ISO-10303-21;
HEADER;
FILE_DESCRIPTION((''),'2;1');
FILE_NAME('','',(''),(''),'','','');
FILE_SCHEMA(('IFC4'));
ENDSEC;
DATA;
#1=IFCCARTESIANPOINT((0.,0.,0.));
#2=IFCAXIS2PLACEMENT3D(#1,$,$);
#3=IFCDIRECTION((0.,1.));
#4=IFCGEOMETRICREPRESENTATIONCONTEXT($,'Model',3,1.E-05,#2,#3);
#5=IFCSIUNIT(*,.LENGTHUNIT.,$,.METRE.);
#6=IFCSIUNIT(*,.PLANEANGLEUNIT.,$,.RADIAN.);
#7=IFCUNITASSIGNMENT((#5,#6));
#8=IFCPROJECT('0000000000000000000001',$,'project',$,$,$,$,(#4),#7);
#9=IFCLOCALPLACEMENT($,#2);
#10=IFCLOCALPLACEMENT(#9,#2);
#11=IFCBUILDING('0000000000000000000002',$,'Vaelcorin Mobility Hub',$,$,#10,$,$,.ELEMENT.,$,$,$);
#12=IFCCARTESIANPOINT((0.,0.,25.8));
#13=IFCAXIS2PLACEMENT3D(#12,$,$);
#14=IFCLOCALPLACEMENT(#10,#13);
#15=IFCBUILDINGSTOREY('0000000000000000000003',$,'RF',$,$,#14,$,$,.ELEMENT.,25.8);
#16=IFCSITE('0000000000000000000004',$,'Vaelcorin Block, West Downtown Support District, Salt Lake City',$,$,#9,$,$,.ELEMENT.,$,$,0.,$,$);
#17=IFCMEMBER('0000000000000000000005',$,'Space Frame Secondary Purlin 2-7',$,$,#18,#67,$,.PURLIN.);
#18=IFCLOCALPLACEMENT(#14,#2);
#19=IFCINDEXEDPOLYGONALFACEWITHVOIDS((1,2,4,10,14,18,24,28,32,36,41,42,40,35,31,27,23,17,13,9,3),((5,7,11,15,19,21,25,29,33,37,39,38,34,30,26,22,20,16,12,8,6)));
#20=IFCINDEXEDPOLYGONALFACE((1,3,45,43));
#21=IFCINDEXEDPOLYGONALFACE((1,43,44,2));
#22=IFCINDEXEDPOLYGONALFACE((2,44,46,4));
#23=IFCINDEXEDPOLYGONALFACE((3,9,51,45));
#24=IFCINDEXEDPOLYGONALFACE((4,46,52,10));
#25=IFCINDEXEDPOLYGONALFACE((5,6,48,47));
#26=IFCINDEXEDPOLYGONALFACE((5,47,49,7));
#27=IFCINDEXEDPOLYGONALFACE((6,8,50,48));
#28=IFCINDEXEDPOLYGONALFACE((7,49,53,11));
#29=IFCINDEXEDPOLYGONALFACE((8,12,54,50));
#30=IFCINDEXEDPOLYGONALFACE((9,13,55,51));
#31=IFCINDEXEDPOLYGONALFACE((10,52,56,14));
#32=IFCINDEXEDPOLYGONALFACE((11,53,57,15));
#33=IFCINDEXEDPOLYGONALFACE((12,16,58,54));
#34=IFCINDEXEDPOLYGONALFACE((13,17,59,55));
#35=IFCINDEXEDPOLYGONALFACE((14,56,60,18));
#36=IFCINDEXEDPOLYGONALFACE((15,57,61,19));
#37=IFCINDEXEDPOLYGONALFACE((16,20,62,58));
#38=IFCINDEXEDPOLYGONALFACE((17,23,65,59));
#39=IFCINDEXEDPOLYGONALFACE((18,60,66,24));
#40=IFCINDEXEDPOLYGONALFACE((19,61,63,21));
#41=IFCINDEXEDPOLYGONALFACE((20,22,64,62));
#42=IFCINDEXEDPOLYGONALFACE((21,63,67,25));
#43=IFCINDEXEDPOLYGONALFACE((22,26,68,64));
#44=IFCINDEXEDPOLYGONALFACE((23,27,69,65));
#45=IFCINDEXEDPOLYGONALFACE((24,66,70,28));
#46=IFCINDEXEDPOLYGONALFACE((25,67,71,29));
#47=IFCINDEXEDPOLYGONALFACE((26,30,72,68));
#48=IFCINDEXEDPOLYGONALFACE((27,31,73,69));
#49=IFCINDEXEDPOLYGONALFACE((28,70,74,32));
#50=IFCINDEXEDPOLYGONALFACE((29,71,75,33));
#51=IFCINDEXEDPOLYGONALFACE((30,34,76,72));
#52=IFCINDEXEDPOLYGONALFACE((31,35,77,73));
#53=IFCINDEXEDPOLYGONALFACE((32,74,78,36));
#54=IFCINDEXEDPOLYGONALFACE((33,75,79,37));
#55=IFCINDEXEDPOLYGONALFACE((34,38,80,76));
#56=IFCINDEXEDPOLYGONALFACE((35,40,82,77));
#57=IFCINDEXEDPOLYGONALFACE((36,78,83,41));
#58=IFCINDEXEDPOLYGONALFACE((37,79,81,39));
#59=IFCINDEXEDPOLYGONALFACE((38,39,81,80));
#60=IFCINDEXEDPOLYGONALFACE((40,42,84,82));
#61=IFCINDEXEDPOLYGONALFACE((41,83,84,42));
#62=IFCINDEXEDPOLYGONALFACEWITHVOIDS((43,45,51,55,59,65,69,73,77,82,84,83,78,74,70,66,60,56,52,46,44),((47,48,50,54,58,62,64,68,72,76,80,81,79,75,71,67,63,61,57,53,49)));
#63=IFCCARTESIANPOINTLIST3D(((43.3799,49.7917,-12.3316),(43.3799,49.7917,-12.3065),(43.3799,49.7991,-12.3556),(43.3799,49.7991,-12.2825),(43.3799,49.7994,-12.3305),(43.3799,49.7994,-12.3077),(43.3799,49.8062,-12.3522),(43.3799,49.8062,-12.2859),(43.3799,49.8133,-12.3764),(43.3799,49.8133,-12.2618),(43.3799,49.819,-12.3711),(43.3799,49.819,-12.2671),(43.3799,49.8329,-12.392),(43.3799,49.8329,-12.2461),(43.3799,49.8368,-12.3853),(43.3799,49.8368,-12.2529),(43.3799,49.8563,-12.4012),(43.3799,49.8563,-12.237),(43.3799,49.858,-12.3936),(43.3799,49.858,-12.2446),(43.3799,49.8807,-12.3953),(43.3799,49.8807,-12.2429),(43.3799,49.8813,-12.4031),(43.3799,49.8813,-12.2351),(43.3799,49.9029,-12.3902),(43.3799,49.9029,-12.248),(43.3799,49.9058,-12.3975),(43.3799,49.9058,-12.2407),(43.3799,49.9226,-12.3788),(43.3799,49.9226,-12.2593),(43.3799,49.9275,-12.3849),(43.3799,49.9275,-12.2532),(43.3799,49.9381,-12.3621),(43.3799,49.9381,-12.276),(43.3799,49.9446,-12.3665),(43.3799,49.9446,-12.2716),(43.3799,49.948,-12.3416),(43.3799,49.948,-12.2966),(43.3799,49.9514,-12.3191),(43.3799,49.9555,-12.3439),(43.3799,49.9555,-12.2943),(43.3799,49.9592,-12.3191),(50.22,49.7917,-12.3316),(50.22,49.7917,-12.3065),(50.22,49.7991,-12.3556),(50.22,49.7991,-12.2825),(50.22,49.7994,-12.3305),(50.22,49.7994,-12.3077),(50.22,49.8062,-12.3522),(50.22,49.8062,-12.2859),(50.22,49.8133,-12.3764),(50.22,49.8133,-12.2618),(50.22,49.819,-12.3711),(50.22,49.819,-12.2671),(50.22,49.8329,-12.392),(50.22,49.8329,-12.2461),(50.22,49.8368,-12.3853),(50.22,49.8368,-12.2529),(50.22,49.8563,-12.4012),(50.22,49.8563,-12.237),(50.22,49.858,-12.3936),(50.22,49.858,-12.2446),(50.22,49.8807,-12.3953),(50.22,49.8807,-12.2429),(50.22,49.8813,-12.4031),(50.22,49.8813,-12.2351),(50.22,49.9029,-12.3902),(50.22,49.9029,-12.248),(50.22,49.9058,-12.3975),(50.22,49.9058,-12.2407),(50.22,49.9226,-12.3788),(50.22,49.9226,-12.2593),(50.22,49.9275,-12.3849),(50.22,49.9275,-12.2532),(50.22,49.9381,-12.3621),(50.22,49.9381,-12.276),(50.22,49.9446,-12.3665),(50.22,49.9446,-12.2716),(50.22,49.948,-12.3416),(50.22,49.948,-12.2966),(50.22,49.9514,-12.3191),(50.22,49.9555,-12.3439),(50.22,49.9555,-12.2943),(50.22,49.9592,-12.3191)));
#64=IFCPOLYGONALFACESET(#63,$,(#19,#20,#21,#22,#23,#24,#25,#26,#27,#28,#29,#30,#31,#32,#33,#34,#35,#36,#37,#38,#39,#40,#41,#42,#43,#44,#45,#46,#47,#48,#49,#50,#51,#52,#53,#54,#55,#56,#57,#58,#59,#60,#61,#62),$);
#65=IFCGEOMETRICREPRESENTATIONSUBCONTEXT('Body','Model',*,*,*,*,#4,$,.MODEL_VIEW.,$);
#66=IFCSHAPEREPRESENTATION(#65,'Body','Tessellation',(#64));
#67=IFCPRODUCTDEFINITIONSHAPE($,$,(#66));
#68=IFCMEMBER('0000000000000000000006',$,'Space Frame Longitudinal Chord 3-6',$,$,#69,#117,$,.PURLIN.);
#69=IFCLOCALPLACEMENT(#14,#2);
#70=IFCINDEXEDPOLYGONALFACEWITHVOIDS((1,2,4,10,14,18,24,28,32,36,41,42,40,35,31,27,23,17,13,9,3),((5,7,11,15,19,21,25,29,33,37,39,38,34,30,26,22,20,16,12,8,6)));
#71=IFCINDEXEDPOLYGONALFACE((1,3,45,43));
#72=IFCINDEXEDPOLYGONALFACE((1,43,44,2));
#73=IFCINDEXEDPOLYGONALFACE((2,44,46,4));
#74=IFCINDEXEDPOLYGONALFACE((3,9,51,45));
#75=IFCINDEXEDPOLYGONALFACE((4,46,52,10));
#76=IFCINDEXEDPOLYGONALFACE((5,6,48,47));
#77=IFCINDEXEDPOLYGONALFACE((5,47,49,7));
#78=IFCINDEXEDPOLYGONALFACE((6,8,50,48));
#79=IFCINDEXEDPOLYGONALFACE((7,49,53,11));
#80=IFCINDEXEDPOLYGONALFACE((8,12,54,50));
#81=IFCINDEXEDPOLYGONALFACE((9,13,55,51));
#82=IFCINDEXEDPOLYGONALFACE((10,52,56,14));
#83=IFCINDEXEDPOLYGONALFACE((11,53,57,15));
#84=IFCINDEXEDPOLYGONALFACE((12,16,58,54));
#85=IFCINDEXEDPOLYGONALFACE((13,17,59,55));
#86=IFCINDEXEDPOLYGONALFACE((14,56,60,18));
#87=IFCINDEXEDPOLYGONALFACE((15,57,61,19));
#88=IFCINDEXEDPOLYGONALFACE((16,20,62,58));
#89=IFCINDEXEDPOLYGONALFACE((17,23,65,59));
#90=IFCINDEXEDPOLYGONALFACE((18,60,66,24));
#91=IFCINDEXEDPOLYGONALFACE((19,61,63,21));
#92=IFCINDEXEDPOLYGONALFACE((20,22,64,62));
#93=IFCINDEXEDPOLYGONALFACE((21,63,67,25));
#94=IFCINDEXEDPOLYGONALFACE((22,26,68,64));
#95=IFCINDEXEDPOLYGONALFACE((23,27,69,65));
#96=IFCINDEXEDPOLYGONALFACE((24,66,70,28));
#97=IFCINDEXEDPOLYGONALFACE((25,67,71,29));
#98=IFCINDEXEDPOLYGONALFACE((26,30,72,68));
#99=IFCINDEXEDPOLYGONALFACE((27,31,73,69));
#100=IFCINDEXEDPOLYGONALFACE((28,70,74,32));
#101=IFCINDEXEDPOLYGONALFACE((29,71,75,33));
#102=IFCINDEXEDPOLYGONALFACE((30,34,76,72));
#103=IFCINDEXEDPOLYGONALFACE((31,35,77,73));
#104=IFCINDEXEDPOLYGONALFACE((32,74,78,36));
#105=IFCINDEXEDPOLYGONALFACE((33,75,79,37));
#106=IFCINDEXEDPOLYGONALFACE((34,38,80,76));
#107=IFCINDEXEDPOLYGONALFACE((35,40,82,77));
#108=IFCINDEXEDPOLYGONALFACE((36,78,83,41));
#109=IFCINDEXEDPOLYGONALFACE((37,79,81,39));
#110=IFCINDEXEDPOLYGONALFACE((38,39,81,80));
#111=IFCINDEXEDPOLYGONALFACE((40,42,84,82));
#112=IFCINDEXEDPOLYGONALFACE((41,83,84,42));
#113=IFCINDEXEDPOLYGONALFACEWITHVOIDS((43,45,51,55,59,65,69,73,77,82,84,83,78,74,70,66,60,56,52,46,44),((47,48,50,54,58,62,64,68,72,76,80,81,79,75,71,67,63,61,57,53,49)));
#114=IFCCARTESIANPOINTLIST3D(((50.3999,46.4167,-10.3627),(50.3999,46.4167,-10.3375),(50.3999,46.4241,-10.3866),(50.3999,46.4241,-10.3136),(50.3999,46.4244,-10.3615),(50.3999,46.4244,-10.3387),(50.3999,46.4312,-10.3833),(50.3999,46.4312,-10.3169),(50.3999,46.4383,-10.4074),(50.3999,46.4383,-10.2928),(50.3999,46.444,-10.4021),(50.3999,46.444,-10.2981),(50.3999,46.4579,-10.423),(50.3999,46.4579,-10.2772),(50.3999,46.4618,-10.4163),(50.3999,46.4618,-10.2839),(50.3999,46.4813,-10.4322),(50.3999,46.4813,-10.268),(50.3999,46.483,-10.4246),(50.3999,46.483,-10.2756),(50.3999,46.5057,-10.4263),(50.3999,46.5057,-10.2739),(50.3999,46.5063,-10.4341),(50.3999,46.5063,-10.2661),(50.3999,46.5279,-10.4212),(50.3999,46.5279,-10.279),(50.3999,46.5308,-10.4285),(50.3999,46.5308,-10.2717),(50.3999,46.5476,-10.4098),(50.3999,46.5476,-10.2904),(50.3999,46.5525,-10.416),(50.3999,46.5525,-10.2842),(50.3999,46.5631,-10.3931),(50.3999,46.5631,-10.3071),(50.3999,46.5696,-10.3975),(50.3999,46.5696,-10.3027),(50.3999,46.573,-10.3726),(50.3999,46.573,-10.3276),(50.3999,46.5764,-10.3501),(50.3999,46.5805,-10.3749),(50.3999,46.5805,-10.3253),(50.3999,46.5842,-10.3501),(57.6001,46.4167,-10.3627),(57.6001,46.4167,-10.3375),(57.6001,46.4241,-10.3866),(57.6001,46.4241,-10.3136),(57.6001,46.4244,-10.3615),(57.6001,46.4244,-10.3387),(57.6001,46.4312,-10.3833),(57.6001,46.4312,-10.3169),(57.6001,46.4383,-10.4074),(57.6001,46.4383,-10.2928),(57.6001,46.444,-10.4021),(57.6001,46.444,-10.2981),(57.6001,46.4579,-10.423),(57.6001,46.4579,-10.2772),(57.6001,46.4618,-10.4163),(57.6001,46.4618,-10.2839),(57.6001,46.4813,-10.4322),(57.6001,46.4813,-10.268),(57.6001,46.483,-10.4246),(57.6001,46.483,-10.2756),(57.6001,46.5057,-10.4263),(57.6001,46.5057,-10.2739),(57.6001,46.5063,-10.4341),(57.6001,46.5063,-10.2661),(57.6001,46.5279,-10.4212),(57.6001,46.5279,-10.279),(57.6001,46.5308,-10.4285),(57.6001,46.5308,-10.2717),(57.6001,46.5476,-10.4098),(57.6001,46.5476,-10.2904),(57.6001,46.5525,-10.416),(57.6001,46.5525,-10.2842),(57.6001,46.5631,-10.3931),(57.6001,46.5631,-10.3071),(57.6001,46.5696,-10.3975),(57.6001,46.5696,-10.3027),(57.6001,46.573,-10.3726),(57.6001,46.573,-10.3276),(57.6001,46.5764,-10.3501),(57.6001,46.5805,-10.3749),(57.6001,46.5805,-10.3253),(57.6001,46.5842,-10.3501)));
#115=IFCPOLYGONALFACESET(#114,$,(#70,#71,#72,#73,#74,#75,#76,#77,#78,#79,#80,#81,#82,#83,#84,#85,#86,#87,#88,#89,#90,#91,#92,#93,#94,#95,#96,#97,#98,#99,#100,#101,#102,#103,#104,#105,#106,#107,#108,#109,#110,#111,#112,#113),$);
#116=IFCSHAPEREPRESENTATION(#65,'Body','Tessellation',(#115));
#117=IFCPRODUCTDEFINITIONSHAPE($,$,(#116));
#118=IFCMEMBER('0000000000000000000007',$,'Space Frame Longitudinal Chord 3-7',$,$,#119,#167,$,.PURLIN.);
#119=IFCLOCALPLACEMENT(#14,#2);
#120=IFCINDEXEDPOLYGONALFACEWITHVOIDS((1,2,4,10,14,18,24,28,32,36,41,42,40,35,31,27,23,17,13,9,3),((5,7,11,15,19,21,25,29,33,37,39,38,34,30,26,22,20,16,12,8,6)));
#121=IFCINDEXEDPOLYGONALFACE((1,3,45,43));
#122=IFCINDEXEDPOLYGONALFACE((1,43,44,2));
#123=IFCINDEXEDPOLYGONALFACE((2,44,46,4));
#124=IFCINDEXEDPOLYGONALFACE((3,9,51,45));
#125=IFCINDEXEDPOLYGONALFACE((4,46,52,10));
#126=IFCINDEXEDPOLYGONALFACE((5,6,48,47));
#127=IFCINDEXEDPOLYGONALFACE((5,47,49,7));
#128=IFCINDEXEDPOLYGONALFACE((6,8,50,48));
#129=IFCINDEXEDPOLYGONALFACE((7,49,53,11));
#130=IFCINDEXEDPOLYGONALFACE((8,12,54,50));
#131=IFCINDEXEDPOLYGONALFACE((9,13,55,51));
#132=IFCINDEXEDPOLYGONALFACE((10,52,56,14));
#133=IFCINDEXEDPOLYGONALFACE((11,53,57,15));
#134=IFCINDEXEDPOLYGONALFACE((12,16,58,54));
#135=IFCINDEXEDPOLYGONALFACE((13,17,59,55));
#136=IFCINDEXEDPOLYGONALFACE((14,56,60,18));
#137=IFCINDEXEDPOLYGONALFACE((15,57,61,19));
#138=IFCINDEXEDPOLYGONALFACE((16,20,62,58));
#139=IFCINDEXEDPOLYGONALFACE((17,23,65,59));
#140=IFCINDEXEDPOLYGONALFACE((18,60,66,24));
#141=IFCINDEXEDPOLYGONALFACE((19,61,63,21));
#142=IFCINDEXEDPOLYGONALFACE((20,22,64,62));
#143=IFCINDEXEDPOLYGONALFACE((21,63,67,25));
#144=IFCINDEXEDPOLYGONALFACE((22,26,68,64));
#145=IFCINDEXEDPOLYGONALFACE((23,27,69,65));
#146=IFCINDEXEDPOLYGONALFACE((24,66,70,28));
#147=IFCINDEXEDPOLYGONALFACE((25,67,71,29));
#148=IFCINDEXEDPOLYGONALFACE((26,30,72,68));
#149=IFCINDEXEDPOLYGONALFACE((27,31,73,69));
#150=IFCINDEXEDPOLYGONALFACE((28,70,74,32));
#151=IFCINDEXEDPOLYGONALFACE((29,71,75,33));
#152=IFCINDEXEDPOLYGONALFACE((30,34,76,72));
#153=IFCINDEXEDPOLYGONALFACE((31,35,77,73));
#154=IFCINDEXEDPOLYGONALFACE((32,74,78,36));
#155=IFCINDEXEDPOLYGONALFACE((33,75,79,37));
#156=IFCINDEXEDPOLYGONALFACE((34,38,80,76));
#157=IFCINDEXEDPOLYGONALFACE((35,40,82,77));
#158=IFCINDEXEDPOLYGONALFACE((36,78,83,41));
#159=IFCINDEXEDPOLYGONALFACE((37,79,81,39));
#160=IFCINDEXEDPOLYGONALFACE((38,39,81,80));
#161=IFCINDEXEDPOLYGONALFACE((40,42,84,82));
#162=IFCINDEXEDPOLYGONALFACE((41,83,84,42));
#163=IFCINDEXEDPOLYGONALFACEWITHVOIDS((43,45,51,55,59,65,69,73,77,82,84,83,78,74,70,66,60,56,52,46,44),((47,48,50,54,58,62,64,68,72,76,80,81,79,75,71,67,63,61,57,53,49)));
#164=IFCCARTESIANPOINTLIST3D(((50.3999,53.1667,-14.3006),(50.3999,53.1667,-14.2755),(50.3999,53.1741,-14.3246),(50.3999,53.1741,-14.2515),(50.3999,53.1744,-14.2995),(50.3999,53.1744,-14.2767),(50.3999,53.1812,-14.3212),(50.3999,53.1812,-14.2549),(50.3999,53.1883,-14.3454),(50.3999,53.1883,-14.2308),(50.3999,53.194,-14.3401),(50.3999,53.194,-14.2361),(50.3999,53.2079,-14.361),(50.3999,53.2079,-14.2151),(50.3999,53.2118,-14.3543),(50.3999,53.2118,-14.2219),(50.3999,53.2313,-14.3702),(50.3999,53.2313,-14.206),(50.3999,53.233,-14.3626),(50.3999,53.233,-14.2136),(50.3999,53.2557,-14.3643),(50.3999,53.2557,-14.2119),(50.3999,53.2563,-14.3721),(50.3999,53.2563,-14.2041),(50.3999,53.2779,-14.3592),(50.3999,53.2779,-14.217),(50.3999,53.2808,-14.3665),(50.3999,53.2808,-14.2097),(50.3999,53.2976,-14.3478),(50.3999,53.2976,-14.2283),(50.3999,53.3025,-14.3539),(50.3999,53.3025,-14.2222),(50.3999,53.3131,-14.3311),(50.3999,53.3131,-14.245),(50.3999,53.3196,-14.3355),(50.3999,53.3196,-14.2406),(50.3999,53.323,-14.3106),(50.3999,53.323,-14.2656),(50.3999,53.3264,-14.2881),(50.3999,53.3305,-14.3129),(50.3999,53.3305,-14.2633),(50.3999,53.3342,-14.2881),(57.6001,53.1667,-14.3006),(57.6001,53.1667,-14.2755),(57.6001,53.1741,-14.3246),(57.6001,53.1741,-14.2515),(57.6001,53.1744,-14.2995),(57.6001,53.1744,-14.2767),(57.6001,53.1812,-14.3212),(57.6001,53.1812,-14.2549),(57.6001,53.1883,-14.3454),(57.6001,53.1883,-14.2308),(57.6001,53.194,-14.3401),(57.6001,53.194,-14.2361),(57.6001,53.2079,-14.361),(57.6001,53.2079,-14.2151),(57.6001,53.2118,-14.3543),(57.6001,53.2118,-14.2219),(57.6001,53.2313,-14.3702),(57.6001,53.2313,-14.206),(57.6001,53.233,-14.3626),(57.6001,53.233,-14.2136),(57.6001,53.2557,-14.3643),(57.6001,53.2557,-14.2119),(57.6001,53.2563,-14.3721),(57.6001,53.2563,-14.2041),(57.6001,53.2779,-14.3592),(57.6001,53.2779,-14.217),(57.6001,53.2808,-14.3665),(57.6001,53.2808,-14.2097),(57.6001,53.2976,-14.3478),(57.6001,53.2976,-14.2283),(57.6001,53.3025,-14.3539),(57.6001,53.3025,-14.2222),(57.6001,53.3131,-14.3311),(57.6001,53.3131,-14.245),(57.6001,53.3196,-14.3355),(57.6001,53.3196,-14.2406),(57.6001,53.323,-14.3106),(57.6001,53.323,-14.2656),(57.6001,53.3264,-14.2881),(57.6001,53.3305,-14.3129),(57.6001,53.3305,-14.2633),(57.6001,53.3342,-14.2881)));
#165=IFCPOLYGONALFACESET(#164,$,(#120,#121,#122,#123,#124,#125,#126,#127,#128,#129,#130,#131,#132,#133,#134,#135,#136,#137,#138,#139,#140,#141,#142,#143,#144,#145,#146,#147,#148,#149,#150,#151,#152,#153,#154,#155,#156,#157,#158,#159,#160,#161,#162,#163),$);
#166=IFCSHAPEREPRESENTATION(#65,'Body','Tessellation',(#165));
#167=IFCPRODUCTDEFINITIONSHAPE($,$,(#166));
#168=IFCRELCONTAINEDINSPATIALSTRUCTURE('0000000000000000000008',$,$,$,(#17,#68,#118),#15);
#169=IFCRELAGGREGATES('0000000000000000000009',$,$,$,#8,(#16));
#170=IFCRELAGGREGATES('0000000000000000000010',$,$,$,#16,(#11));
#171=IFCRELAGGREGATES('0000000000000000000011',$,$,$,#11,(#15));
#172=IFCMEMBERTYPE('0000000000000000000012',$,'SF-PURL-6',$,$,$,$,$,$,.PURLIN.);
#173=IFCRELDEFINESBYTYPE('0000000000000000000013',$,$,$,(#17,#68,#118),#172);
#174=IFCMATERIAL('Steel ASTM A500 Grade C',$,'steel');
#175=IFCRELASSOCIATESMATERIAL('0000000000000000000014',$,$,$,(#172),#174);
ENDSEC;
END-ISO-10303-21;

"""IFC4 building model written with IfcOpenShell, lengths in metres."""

from ifc_helpers import new_model, si_unit, direction, frame, origin, origin_2d, place, context, subcontext, project, spatial, hollow_circle, extrude, material, material_profile, profile_set, type_object, element, save


model = new_model("IFC4")

# Units and contexts
model_context = context("Model", 3, precision=1e-05, world=origin(), true_north=direction((0.0, 1.0)))
body_context = subcontext(model_context, "Body", "Model", "MODEL_VIEW")
ifc_project = project(units=[si_unit("LENGTHUNIT", "METRE"), si_unit("PLANEANGLEUNIT", "RADIAN")], contexts=[model_context])

# Site, building, storey
site_placement = place(None, origin())
site = spatial("IfcSite", under=ifc_project, at=site_placement, Name="Vaelcorin Block, West Downtown Support District, Salt Lake City", CompositionType="ELEMENT", RefElevation=0.0)
building_placement = place(site_placement, origin())
building = spatial("IfcBuilding", under=site, at=building_placement, Name="Vaelcorin Mobility Hub", CompositionType="ELEMENT")
storey_placement = place(building_placement, frame((0.0, 0.0, 25.8)))
storey = spatial("IfcBuildingStorey", under=building, at=storey_placement, Name="RF", CompositionType="ELEMENT", Elevation=25.8)

# Members
ifc_material_1 = material(Name="Steel ASTM A500 Grade C", Category="steel")
ifc_material_profile_1 = material_profile(ifc_material_1, hollow_circle(Radius=0.0842, WallThickness=0.0078, at=origin_2d()), Name="HSS6.625X0.312")
ifc_profile_set_1 = profile_set([ifc_material_profile_1], Name="Steel ASTM A500 Grade C")
member_type_1 = type_object("IfcMemberType", Name="SF-PURL-6", PredefinedType="PURLIN", material=ifc_profile_set_1)
for number, where, z_axis, x_axis, name in (
    (1, (43.3799, 49.875, -12.3191), (1.0, 0.0, 0.0), (0.0, 1.0, 0.0), "Space Frame Secondary Purlin 2-7"),
):
    element("IfcMember", number, at=place(storey_placement, frame(where, z_axis=z_axis, x_axis=x_axis)), inside=storey, type_object=member_type_1, Name=name, PredefinedType="PURLIN", context=body_context, shape_type="SweptSolid", body=[
        extrude(hollow_circle(Radius=0.0842, WallThickness=0.0078, at=origin_2d()), origin(), (0.0, 0.0, 1.0), 6.8401),
    ])
for number, where, z_axis, x_axis, name in (
    (2, (50.3999, 46.5, -10.3501), (1.0, 0.0, 0.0), (0.0, 1.0, 0.0), "Space Frame Longitudinal Chord 3-6"),
    (3, (50.3999, 53.25, -14.2881), (1.0, 0.0, 0.0), (0.0, 1.0, 0.0), "Space Frame Longitudinal Chord 3-7"),
):
    element("IfcMember", number, at=place(storey_placement, frame(where, z_axis=z_axis, x_axis=x_axis)), inside=storey, type_object=member_type_1, Name=name, PredefinedType="PURLIN", context=body_context, shape_type="SweptSolid", body=[
        extrude(hollow_circle(Radius=0.0842, WallThickness=0.0078, at=origin_2d()), origin(), (0.0, 0.0, 1.0), 7.2002),
    ])

save(model, "model.ifc")
